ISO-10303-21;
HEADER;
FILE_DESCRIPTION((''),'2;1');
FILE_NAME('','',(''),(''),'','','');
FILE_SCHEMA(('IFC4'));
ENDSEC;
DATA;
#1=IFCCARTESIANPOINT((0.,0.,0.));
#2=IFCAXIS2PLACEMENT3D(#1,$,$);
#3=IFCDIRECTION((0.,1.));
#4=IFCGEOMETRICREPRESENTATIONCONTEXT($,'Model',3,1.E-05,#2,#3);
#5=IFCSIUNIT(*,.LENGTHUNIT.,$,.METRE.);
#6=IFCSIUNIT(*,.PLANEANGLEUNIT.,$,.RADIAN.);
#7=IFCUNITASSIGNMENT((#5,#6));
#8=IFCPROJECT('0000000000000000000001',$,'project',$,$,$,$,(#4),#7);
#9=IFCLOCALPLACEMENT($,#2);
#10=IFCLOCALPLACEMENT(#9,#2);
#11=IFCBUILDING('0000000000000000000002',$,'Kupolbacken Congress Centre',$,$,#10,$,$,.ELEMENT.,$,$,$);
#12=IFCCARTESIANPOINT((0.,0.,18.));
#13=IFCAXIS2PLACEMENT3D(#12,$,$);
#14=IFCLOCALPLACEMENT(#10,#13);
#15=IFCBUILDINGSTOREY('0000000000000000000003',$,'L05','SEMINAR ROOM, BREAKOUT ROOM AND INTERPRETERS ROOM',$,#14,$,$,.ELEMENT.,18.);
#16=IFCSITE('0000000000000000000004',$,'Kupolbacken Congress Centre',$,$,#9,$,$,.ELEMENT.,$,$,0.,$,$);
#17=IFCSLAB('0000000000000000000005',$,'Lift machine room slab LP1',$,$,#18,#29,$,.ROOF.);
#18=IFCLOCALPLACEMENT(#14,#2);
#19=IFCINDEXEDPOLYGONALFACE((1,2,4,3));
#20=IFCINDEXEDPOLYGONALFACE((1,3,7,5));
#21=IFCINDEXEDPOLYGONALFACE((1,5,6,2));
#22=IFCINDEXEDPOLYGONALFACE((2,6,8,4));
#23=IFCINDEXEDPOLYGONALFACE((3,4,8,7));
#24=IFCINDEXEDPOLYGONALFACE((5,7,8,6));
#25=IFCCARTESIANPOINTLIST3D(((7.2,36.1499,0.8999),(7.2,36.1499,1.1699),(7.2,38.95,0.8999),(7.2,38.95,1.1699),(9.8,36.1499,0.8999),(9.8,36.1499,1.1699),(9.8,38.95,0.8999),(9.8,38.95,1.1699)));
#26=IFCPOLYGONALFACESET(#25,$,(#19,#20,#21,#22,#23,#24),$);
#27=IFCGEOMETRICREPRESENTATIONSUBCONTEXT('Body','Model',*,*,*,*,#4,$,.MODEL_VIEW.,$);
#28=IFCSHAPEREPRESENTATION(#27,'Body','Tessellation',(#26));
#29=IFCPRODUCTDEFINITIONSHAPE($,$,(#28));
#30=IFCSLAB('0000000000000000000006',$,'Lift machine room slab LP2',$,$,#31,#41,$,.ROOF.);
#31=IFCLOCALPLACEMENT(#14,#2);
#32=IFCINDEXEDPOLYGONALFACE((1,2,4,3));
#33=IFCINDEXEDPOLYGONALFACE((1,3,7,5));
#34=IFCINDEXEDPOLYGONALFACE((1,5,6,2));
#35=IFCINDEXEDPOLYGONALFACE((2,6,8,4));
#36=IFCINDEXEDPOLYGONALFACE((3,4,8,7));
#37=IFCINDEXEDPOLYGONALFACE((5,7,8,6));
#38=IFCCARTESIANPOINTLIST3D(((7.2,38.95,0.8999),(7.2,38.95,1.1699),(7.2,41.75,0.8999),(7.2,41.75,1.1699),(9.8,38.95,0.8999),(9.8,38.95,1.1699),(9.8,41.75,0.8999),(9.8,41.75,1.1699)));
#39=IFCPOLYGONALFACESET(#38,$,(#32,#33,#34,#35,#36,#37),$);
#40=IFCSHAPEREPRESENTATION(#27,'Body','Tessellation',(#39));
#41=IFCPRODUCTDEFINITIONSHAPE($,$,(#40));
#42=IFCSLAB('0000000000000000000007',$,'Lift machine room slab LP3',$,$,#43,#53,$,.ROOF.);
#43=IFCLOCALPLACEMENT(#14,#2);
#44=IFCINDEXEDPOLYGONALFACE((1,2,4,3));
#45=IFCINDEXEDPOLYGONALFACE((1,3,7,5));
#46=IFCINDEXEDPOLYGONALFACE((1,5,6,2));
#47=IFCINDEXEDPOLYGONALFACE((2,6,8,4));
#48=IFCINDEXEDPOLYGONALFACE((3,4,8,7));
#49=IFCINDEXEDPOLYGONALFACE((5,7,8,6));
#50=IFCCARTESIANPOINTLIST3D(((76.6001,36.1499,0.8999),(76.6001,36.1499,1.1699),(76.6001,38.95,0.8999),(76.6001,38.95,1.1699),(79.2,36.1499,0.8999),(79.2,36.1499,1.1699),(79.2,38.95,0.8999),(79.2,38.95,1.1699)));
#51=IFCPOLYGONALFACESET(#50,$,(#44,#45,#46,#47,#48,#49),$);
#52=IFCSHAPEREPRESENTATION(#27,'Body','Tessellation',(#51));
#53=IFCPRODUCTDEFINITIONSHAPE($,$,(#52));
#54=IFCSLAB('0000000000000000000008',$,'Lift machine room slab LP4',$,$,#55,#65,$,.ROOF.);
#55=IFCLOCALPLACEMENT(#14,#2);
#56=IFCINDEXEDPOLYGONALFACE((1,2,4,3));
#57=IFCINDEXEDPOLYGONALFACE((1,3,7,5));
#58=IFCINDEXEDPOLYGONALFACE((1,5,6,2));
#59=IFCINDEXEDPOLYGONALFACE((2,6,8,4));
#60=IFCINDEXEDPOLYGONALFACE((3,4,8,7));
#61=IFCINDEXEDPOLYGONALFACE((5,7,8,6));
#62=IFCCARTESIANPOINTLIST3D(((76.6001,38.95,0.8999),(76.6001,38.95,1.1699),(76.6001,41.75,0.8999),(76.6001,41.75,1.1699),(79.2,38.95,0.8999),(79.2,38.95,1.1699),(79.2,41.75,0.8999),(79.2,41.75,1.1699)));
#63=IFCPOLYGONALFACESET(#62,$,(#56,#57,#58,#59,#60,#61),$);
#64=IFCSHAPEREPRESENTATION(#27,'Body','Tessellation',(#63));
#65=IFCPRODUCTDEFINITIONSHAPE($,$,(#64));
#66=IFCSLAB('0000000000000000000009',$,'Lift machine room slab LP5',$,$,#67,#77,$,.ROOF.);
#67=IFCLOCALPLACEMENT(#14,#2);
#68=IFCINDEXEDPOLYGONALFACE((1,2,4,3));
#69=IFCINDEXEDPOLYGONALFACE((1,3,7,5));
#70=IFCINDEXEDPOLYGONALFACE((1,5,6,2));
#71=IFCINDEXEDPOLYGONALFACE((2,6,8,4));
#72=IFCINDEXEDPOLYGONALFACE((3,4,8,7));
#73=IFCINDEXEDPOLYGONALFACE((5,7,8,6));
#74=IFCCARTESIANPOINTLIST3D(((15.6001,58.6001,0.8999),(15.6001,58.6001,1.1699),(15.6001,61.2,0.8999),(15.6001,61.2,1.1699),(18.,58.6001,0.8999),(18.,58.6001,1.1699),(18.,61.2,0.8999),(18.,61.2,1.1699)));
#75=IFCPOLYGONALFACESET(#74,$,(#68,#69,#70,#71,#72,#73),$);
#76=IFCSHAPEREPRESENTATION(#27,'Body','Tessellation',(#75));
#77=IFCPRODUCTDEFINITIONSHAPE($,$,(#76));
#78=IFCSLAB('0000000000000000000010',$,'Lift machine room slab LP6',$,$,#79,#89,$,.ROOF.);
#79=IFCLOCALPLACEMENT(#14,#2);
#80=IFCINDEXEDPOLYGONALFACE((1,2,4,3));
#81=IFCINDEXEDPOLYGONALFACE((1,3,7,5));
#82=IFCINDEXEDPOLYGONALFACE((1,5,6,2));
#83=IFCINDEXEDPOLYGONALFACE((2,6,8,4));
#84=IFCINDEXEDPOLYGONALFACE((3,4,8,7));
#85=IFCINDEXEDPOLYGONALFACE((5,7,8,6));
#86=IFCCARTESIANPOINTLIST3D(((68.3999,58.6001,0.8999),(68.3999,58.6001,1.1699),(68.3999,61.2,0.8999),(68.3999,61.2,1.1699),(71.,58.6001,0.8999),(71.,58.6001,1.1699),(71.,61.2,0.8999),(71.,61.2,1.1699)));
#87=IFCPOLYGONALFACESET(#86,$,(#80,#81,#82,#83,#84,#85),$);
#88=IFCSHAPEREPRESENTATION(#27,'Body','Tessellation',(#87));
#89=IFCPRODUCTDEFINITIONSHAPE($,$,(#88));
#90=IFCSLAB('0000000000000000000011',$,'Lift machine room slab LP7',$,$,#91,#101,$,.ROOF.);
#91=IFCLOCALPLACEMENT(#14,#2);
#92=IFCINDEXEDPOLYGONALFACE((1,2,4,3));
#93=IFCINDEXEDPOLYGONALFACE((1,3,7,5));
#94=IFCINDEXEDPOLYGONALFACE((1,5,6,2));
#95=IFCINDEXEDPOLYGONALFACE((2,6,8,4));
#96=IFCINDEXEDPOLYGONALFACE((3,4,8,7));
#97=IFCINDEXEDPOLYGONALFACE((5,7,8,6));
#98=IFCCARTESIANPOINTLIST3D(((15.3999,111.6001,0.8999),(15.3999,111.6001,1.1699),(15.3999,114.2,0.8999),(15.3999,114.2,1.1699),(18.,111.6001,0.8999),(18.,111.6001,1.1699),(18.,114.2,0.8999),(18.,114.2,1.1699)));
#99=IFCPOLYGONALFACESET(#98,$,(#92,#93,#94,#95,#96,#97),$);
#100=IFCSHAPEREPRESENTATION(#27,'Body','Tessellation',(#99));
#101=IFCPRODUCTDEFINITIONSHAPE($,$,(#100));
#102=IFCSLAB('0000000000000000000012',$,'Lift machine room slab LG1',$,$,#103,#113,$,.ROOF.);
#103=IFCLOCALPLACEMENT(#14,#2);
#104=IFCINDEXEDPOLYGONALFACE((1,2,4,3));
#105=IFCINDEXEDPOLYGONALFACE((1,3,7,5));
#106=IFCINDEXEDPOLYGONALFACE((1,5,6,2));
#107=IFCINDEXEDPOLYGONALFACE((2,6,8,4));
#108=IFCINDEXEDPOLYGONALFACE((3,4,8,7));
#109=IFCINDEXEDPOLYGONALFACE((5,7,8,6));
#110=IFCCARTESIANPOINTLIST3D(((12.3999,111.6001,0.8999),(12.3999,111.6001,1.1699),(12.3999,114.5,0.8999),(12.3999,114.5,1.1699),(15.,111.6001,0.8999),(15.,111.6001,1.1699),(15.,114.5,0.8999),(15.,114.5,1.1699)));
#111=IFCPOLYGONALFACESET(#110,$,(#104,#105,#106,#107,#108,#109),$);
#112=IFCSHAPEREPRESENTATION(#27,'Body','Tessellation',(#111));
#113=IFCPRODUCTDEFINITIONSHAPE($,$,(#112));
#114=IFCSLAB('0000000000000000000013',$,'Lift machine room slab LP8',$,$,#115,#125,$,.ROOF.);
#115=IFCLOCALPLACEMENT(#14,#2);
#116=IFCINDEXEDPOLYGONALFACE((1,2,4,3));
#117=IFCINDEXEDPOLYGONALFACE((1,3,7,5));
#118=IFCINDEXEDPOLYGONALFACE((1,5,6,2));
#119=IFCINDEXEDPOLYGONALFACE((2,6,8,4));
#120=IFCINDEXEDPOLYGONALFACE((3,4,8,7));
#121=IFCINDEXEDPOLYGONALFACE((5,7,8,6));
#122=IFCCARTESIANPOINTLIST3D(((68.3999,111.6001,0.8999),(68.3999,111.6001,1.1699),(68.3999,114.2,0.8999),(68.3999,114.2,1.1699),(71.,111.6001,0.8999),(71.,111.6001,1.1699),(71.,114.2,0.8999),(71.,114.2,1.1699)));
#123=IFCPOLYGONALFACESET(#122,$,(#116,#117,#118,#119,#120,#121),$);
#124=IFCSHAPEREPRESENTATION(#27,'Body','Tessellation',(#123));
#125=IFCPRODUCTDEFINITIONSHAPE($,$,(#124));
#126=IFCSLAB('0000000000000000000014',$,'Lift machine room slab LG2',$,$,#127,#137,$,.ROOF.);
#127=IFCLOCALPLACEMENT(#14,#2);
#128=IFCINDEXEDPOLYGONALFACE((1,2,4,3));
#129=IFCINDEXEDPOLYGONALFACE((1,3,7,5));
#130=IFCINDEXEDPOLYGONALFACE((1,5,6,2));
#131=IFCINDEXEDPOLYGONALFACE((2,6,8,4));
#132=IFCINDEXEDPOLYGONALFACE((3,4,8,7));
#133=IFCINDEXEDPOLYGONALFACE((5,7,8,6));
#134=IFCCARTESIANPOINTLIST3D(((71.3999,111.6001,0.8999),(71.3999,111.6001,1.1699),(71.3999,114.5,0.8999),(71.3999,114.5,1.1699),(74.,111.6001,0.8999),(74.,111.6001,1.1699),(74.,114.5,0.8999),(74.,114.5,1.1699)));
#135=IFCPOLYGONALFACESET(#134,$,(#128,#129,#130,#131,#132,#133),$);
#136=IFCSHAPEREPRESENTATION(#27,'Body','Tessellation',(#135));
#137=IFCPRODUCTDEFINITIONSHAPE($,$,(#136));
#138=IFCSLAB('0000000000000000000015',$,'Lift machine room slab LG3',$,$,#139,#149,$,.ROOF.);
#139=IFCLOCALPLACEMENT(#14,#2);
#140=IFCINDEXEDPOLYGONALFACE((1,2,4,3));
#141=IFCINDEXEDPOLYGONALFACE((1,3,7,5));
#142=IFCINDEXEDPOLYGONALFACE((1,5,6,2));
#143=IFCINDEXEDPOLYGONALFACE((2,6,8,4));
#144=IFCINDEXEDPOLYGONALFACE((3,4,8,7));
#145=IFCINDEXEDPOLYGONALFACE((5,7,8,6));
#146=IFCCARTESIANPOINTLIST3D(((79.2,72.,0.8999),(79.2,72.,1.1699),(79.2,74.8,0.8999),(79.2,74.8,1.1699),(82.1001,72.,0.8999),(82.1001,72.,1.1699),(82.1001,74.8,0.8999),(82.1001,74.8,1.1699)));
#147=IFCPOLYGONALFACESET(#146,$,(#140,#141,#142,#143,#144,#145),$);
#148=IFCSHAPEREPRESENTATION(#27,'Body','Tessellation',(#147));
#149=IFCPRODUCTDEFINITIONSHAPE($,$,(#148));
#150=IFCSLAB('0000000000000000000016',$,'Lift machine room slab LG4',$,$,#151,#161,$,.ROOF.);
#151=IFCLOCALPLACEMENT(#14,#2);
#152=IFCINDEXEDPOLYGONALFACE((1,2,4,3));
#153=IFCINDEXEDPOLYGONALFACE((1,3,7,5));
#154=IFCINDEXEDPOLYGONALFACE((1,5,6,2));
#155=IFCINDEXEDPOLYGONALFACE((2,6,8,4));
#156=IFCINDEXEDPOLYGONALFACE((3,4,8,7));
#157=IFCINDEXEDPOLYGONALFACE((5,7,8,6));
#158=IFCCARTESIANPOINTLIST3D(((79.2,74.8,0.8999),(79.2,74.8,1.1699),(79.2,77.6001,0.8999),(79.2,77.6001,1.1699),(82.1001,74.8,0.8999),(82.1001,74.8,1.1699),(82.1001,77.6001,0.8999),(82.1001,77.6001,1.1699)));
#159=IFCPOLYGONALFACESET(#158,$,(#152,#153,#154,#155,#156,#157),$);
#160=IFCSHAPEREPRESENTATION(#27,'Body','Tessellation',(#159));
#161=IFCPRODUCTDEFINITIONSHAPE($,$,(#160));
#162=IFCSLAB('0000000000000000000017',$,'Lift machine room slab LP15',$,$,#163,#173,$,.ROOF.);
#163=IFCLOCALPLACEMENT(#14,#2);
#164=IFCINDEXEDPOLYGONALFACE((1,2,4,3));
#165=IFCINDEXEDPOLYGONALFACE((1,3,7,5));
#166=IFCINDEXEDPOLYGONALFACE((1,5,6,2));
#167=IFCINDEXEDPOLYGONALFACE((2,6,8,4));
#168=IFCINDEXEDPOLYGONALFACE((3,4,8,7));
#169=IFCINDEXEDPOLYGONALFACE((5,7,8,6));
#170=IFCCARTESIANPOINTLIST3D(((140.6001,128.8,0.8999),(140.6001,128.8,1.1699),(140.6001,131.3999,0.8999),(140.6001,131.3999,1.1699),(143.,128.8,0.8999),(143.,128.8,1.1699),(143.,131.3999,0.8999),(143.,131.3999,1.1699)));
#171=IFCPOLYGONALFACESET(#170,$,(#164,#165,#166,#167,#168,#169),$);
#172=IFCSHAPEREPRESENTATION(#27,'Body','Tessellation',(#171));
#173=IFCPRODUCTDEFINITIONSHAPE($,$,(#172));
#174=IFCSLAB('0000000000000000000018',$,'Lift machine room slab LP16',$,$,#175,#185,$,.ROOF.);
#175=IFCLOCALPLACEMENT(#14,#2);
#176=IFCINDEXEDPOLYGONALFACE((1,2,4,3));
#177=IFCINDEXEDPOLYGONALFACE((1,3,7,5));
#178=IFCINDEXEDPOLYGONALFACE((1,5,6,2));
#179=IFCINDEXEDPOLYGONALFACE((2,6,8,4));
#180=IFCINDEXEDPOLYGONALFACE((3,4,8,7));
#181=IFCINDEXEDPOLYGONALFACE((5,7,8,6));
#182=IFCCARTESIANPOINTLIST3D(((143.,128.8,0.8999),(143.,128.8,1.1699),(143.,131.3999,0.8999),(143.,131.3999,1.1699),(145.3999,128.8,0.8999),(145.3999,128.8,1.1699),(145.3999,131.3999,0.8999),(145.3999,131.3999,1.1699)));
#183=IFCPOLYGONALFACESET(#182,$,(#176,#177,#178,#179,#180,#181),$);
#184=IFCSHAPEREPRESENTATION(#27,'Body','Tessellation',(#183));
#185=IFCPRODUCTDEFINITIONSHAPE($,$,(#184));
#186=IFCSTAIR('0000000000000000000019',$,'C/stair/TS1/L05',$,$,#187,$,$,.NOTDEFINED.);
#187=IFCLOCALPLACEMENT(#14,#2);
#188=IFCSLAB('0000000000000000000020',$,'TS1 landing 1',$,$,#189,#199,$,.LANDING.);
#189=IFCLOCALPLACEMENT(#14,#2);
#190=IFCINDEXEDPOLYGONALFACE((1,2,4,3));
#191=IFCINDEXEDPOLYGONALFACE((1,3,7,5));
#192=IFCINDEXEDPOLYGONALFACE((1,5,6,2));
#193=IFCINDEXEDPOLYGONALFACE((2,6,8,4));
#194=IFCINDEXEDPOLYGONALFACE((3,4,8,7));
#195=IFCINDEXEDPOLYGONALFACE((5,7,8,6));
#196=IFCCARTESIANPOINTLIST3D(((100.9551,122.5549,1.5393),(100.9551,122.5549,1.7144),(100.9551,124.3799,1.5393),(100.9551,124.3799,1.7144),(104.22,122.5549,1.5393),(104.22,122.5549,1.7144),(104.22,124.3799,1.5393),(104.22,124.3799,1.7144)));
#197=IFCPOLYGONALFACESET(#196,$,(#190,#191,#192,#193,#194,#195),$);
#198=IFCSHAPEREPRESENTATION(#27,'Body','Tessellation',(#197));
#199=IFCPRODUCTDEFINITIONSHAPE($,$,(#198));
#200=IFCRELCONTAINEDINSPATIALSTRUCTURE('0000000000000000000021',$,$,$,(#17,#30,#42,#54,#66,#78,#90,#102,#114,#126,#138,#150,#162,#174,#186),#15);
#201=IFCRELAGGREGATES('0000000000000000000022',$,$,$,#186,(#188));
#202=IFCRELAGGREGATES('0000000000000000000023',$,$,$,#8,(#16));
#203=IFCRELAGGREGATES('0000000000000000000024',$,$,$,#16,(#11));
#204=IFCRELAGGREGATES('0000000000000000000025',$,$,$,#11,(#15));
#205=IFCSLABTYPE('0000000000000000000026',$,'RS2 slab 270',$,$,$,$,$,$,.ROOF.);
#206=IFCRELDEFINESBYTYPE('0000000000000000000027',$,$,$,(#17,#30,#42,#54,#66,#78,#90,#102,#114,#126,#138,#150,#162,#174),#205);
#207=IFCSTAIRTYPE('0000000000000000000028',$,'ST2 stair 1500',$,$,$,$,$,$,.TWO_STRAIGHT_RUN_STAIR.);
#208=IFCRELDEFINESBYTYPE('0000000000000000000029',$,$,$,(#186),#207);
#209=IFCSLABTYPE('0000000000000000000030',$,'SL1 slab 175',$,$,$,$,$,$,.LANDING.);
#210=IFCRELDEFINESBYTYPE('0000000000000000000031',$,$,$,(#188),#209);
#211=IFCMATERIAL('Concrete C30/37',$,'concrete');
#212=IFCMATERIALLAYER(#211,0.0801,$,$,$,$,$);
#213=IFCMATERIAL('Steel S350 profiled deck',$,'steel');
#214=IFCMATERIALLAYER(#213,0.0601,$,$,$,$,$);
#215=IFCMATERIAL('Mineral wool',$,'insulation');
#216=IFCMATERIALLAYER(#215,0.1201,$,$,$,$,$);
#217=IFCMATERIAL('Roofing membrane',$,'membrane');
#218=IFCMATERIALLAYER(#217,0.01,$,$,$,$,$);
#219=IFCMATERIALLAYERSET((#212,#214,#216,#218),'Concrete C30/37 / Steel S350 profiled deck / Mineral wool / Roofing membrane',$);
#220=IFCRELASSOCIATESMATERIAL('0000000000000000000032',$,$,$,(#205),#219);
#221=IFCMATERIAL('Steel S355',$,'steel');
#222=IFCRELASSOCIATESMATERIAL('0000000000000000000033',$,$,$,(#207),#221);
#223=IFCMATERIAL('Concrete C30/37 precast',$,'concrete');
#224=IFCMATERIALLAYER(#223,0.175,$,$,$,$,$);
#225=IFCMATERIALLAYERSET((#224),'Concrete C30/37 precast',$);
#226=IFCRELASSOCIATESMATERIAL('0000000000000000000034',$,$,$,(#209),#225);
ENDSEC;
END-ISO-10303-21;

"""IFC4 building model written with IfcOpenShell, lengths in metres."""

from ifc_helpers import new_model, si_unit, direction, frame, origin, place, context, subcontext, project, spatial, polyline, outline, extrude, material, layer, layer_set, type_object, element, aggregate, save


model = new_model("IFC4")

# Units and contexts
model_context = context("Model", 3, precision=1e-05, world=origin(), true_north=direction((0.0, 1.0)))
body_context = subcontext(model_context, "Body", "Model", "MODEL_VIEW")
ifc_project = project(units=[si_unit("LENGTHUNIT", "METRE"), si_unit("PLANEANGLEUNIT", "RADIAN")], contexts=[model_context])

# Site, building, storey
site_placement = place(None, origin())
site = spatial("IfcSite", under=ifc_project, at=site_placement, Name="Kupolbacken Congress Centre", CompositionType="ELEMENT", RefElevation=0.0)
building_placement = place(site_placement, origin())
building = spatial("IfcBuilding", under=site, at=building_placement, Name="Kupolbacken Congress Centre", CompositionType="ELEMENT")
storey_placement = place(building_placement, frame((0.0, 0.0, 18.0)))
storey = spatial("IfcBuildingStorey", under=building, at=storey_placement, Name="L05", Description="SEMINAR ROOM, BREAKOUT ROOM AND INTERPRETERS ROOM", CompositionType="ELEMENT", Elevation=18.0)

# Slabs
ifc_material_1 = material(Name="Concrete C30/37", Category="concrete")
ifc_layer_1 = layer(ifc_material_1, 0.0801)
ifc_material_2 = material(Name="Steel S350 profiled deck", Category="steel")
ifc_layer_2 = layer(ifc_material_2, 0.0601)
ifc_material_3 = material(Name="Mineral wool", Category="insulation")
ifc_layer_3 = layer(ifc_material_3, 0.1201)
ifc_material_4 = material(Name="Roofing membrane", Category="membrane")
ifc_layer_4 = layer(ifc_material_4, 0.01)
ifc_layer_set_1 = layer_set([ifc_layer_1, ifc_layer_2, ifc_layer_3, ifc_layer_4], Name="Concrete C30/37 / Steel S350 profiled deck / Mineral wool / Roofing membrane")
slab_type_1 = type_object("IfcSlabType", Name="RS2 slab 270", PredefinedType="ROOF", material=ifc_layer_set_1)
slab_1_placement = place(storey_placement, frame((0.0, 0.0, 0.8999)))
element("IfcSlab", 1, at=slab_1_placement, inside=storey, type_object=slab_type_1, Name="Lift machine room slab LP1", PredefinedType="ROOF", context=body_context, shape_type="SweptSolid", body=[
    extrude(outline(polyline([(7.2, 36.1499), (9.8, 36.1499), (9.8, 38.95), (7.2, 38.95), (7.2, 36.1499)])), origin(), (0.0, 0.0, 1.0), 0.27),
])
slab_2_placement = place(storey_placement, frame((0.0, 0.0, 0.8999)))
element("IfcSlab", 2, at=slab_2_placement, inside=storey, type_object=slab_type_1, Name="Lift machine room slab LP2", PredefinedType="ROOF", context=body_context, shape_type="SweptSolid", body=[
    extrude(outline(polyline([(7.2, 38.95), (9.8, 38.95), (9.8, 41.75), (7.2, 41.75), (7.2, 38.95)])), origin(), (0.0, 0.0, 1.0), 0.27),
])
slab_3_placement = place(storey_placement, frame((0.0, 0.0, 0.8999)))
element("IfcSlab", 3, at=slab_3_placement, inside=storey, type_object=slab_type_1, Name="Lift machine room slab LP3", PredefinedType="ROOF", context=body_context, shape_type="SweptSolid", body=[
    extrude(outline(polyline([(76.6001, 36.1499), (79.2, 36.1499), (79.2, 38.95), (76.6001, 38.95), (76.6001, 36.1499)])), origin(), (0.0, 0.0, 1.0), 0.27),
])
slab_4_placement = place(storey_placement, frame((0.0, 0.0, 0.8999)))
element("IfcSlab", 4, at=slab_4_placement, inside=storey, type_object=slab_type_1, Name="Lift machine room slab LP4", PredefinedType="ROOF", context=body_context, shape_type="SweptSolid", body=[
    extrude(outline(polyline([(76.6001, 38.95), (79.2, 38.95), (79.2, 41.75), (76.6001, 41.75), (76.6001, 38.95)])), origin(), (0.0, 0.0, 1.0), 0.27),
])
slab_5_placement = place(storey_placement, frame((0.0, 0.0, 0.8999)))
element("IfcSlab", 5, at=slab_5_placement, inside=storey, type_object=slab_type_1, Name="Lift machine room slab LP5", PredefinedType="ROOF", context=body_context, shape_type="SweptSolid", body=[
    extrude(outline(polyline([(15.6001, 58.6001), (18.0, 58.6001), (18.0, 61.2), (15.6001, 61.2), (15.6001, 58.6001)])), origin(), (0.0, 0.0, 1.0), 0.27),
])
slab_6_placement = place(storey_placement, frame((0.0, 0.0, 0.8999)))
element("IfcSlab", 6, at=slab_6_placement, inside=storey, type_object=slab_type_1, Name="Lift machine room slab LP6", PredefinedType="ROOF", context=body_context, shape_type="SweptSolid", body=[
    extrude(outline(polyline([(68.3999, 58.6001), (71.0, 58.6001), (71.0, 61.2), (68.3999, 61.2), (68.3999, 58.6001)])), origin(), (0.0, 0.0, 1.0), 0.27),
])
slab_7_placement = place(storey_placement, frame((0.0, 0.0, 0.8999)))
element("IfcSlab", 7, at=slab_7_placement, inside=storey, type_object=slab_type_1, Name="Lift machine room slab LP7", PredefinedType="ROOF", context=body_context, shape_type="SweptSolid", body=[
    extrude(outline(polyline([(15.3999, 111.6001), (18.0, 111.6001), (18.0, 114.2), (15.3999, 114.2), (15.3999, 111.6001)])), origin(), (0.0, 0.0, 1.0), 0.27),
])
slab_8_placement = place(storey_placement, frame((0.0, 0.0, 0.8999)))
element("IfcSlab", 8, at=slab_8_placement, inside=storey, type_object=slab_type_1, Name="Lift machine room slab LG1", PredefinedType="ROOF", context=body_context, shape_type="SweptSolid", body=[
    extrude(outline(polyline([(12.3999, 111.6001), (15.0, 111.6001), (15.0, 114.5), (12.3999, 114.5), (12.3999, 111.6001)])), origin(), (0.0, 0.0, 1.0), 0.27),
])
slab_9_placement = place(storey_placement, frame((0.0, 0.0, 0.8999)))
element("IfcSlab", 9, at=slab_9_placement, inside=storey, type_object=slab_type_1, Name="Lift machine room slab LP8", PredefinedType="ROOF", context=body_context, shape_type="SweptSolid", body=[
    extrude(outline(polyline([(68.3999, 111.6001), (71.0, 111.6001), (71.0, 114.2), (68.3999, 114.2), (68.3999, 111.6001)])), origin(), (0.0, 0.0, 1.0), 0.27),
])
slab_10_placement = place(storey_placement, frame((0.0, 0.0, 0.8999)))
element("IfcSlab", 10, at=slab_10_placement, inside=storey, type_object=slab_type_1, Name="Lift machine room slab LG2", PredefinedType="ROOF", context=body_context, shape_type="SweptSolid", body=[
    extrude(outline(polyline([(71.3999, 111.6001), (74.0, 111.6001), (74.0, 114.5), (71.3999, 114.5), (71.3999, 111.6001)])), origin(), (0.0, 0.0, 1.0), 0.27),
])
slab_11_placement = place(storey_placement, frame((0.0, 0.0, 0.8999)))
element("IfcSlab", 11, at=slab_11_placement, inside=storey, type_object=slab_type_1, Name="Lift machine room slab LG3", PredefinedType="ROOF", context=body_context, shape_type="SweptSolid", body=[
    extrude(outline(polyline([(79.2, 72.0), (82.1001, 72.0), (82.1001, 74.8), (79.2, 74.8), (79.2, 72.0)])), origin(), (0.0, 0.0, 1.0), 0.27),
])
slab_12_placement = place(storey_placement, frame((0.0, 0.0, 0.8999)))
element("IfcSlab", 12, at=slab_12_placement, inside=storey, type_object=slab_type_1, Name="Lift machine room slab LG4", PredefinedType="ROOF", context=body_context, shape_type="SweptSolid", body=[
    extrude(outline(polyline([(79.2, 74.8), (82.1001, 74.8), (82.1001, 77.6001), (79.2, 77.6001), (79.2, 74.8)])), origin(), (0.0, 0.0, 1.0), 0.27),
])
slab_13_placement = place(storey_placement, frame((0.0, 0.0, 0.8999)))
element("IfcSlab", 13, at=slab_13_placement, inside=storey, type_object=slab_type_1, Name="Lift machine room slab LP15", PredefinedType="ROOF", context=body_context, shape_type="SweptSolid", body=[
    extrude(outline(polyline([(140.6001, 128.8), (143.0, 128.8), (143.0, 131.3999), (140.6001, 131.3999), (140.6001, 128.8)])), origin(), (0.0, 0.0, 1.0), 0.27),
])
slab_14_placement = place(storey_placement, frame((0.0, 0.0, 0.8999)))
element("IfcSlab", 14, at=slab_14_placement, inside=storey, type_object=slab_type_1, Name="Lift machine room slab LP16", PredefinedType="ROOF", context=body_context, shape_type="SweptSolid", body=[
    extrude(outline(polyline([(143.0, 128.8), (145.3999, 128.8), (145.3999, 131.3999), (143.0, 131.3999), (143.0, 128.8)])), origin(), (0.0, 0.0, 1.0), 0.27),
])

# Stair, slab
ifc_material_5 = material(Name="Steel S355", Category="steel")
stair_type = type_object("IfcStairType", Name="ST2 stair 1500", PredefinedType="TWO_STRAIGHT_RUN_STAIR", material=ifc_material_5)
stair_1_placement = place(storey_placement, origin())
stair_1 = element("IfcStair", 15, at=stair_1_placement, inside=storey, type_object=stair_type, Name="C/stair/TS1/L05", PredefinedType="NOTDEFINED")
ifc_material_6 = material(Name="Concrete C30/37 precast", Category="concrete")
ifc_layer_5 = layer(ifc_material_6, 0.175)
ifc_layer_set_2 = layer_set([ifc_layer_5], Name="Concrete C30/37 precast")
slab_type_2 = type_object("IfcSlabType", Name="SL1 slab 175", PredefinedType="LANDING", material=ifc_layer_set_2)
slab_15_placement = place(storey_placement, frame((0.0, 0.0, 1.5393)))
slab_15 = element("IfcSlab", 16, at=slab_15_placement, type_object=slab_type_2, Name="TS1 landing 1", PredefinedType="LANDING", context=body_context, shape_type="SweptSolid", body=[
    extrude(outline(polyline([(100.9551, 122.5549), (104.22, 122.5549), (104.22, 124.3799), (100.9551, 124.3799), (100.9551, 122.5549)])), origin(), (0.0, 0.0, 1.0), 0.175),
])
aggregate(stair_1, [slab_15])

save(model, "model.ifc")
